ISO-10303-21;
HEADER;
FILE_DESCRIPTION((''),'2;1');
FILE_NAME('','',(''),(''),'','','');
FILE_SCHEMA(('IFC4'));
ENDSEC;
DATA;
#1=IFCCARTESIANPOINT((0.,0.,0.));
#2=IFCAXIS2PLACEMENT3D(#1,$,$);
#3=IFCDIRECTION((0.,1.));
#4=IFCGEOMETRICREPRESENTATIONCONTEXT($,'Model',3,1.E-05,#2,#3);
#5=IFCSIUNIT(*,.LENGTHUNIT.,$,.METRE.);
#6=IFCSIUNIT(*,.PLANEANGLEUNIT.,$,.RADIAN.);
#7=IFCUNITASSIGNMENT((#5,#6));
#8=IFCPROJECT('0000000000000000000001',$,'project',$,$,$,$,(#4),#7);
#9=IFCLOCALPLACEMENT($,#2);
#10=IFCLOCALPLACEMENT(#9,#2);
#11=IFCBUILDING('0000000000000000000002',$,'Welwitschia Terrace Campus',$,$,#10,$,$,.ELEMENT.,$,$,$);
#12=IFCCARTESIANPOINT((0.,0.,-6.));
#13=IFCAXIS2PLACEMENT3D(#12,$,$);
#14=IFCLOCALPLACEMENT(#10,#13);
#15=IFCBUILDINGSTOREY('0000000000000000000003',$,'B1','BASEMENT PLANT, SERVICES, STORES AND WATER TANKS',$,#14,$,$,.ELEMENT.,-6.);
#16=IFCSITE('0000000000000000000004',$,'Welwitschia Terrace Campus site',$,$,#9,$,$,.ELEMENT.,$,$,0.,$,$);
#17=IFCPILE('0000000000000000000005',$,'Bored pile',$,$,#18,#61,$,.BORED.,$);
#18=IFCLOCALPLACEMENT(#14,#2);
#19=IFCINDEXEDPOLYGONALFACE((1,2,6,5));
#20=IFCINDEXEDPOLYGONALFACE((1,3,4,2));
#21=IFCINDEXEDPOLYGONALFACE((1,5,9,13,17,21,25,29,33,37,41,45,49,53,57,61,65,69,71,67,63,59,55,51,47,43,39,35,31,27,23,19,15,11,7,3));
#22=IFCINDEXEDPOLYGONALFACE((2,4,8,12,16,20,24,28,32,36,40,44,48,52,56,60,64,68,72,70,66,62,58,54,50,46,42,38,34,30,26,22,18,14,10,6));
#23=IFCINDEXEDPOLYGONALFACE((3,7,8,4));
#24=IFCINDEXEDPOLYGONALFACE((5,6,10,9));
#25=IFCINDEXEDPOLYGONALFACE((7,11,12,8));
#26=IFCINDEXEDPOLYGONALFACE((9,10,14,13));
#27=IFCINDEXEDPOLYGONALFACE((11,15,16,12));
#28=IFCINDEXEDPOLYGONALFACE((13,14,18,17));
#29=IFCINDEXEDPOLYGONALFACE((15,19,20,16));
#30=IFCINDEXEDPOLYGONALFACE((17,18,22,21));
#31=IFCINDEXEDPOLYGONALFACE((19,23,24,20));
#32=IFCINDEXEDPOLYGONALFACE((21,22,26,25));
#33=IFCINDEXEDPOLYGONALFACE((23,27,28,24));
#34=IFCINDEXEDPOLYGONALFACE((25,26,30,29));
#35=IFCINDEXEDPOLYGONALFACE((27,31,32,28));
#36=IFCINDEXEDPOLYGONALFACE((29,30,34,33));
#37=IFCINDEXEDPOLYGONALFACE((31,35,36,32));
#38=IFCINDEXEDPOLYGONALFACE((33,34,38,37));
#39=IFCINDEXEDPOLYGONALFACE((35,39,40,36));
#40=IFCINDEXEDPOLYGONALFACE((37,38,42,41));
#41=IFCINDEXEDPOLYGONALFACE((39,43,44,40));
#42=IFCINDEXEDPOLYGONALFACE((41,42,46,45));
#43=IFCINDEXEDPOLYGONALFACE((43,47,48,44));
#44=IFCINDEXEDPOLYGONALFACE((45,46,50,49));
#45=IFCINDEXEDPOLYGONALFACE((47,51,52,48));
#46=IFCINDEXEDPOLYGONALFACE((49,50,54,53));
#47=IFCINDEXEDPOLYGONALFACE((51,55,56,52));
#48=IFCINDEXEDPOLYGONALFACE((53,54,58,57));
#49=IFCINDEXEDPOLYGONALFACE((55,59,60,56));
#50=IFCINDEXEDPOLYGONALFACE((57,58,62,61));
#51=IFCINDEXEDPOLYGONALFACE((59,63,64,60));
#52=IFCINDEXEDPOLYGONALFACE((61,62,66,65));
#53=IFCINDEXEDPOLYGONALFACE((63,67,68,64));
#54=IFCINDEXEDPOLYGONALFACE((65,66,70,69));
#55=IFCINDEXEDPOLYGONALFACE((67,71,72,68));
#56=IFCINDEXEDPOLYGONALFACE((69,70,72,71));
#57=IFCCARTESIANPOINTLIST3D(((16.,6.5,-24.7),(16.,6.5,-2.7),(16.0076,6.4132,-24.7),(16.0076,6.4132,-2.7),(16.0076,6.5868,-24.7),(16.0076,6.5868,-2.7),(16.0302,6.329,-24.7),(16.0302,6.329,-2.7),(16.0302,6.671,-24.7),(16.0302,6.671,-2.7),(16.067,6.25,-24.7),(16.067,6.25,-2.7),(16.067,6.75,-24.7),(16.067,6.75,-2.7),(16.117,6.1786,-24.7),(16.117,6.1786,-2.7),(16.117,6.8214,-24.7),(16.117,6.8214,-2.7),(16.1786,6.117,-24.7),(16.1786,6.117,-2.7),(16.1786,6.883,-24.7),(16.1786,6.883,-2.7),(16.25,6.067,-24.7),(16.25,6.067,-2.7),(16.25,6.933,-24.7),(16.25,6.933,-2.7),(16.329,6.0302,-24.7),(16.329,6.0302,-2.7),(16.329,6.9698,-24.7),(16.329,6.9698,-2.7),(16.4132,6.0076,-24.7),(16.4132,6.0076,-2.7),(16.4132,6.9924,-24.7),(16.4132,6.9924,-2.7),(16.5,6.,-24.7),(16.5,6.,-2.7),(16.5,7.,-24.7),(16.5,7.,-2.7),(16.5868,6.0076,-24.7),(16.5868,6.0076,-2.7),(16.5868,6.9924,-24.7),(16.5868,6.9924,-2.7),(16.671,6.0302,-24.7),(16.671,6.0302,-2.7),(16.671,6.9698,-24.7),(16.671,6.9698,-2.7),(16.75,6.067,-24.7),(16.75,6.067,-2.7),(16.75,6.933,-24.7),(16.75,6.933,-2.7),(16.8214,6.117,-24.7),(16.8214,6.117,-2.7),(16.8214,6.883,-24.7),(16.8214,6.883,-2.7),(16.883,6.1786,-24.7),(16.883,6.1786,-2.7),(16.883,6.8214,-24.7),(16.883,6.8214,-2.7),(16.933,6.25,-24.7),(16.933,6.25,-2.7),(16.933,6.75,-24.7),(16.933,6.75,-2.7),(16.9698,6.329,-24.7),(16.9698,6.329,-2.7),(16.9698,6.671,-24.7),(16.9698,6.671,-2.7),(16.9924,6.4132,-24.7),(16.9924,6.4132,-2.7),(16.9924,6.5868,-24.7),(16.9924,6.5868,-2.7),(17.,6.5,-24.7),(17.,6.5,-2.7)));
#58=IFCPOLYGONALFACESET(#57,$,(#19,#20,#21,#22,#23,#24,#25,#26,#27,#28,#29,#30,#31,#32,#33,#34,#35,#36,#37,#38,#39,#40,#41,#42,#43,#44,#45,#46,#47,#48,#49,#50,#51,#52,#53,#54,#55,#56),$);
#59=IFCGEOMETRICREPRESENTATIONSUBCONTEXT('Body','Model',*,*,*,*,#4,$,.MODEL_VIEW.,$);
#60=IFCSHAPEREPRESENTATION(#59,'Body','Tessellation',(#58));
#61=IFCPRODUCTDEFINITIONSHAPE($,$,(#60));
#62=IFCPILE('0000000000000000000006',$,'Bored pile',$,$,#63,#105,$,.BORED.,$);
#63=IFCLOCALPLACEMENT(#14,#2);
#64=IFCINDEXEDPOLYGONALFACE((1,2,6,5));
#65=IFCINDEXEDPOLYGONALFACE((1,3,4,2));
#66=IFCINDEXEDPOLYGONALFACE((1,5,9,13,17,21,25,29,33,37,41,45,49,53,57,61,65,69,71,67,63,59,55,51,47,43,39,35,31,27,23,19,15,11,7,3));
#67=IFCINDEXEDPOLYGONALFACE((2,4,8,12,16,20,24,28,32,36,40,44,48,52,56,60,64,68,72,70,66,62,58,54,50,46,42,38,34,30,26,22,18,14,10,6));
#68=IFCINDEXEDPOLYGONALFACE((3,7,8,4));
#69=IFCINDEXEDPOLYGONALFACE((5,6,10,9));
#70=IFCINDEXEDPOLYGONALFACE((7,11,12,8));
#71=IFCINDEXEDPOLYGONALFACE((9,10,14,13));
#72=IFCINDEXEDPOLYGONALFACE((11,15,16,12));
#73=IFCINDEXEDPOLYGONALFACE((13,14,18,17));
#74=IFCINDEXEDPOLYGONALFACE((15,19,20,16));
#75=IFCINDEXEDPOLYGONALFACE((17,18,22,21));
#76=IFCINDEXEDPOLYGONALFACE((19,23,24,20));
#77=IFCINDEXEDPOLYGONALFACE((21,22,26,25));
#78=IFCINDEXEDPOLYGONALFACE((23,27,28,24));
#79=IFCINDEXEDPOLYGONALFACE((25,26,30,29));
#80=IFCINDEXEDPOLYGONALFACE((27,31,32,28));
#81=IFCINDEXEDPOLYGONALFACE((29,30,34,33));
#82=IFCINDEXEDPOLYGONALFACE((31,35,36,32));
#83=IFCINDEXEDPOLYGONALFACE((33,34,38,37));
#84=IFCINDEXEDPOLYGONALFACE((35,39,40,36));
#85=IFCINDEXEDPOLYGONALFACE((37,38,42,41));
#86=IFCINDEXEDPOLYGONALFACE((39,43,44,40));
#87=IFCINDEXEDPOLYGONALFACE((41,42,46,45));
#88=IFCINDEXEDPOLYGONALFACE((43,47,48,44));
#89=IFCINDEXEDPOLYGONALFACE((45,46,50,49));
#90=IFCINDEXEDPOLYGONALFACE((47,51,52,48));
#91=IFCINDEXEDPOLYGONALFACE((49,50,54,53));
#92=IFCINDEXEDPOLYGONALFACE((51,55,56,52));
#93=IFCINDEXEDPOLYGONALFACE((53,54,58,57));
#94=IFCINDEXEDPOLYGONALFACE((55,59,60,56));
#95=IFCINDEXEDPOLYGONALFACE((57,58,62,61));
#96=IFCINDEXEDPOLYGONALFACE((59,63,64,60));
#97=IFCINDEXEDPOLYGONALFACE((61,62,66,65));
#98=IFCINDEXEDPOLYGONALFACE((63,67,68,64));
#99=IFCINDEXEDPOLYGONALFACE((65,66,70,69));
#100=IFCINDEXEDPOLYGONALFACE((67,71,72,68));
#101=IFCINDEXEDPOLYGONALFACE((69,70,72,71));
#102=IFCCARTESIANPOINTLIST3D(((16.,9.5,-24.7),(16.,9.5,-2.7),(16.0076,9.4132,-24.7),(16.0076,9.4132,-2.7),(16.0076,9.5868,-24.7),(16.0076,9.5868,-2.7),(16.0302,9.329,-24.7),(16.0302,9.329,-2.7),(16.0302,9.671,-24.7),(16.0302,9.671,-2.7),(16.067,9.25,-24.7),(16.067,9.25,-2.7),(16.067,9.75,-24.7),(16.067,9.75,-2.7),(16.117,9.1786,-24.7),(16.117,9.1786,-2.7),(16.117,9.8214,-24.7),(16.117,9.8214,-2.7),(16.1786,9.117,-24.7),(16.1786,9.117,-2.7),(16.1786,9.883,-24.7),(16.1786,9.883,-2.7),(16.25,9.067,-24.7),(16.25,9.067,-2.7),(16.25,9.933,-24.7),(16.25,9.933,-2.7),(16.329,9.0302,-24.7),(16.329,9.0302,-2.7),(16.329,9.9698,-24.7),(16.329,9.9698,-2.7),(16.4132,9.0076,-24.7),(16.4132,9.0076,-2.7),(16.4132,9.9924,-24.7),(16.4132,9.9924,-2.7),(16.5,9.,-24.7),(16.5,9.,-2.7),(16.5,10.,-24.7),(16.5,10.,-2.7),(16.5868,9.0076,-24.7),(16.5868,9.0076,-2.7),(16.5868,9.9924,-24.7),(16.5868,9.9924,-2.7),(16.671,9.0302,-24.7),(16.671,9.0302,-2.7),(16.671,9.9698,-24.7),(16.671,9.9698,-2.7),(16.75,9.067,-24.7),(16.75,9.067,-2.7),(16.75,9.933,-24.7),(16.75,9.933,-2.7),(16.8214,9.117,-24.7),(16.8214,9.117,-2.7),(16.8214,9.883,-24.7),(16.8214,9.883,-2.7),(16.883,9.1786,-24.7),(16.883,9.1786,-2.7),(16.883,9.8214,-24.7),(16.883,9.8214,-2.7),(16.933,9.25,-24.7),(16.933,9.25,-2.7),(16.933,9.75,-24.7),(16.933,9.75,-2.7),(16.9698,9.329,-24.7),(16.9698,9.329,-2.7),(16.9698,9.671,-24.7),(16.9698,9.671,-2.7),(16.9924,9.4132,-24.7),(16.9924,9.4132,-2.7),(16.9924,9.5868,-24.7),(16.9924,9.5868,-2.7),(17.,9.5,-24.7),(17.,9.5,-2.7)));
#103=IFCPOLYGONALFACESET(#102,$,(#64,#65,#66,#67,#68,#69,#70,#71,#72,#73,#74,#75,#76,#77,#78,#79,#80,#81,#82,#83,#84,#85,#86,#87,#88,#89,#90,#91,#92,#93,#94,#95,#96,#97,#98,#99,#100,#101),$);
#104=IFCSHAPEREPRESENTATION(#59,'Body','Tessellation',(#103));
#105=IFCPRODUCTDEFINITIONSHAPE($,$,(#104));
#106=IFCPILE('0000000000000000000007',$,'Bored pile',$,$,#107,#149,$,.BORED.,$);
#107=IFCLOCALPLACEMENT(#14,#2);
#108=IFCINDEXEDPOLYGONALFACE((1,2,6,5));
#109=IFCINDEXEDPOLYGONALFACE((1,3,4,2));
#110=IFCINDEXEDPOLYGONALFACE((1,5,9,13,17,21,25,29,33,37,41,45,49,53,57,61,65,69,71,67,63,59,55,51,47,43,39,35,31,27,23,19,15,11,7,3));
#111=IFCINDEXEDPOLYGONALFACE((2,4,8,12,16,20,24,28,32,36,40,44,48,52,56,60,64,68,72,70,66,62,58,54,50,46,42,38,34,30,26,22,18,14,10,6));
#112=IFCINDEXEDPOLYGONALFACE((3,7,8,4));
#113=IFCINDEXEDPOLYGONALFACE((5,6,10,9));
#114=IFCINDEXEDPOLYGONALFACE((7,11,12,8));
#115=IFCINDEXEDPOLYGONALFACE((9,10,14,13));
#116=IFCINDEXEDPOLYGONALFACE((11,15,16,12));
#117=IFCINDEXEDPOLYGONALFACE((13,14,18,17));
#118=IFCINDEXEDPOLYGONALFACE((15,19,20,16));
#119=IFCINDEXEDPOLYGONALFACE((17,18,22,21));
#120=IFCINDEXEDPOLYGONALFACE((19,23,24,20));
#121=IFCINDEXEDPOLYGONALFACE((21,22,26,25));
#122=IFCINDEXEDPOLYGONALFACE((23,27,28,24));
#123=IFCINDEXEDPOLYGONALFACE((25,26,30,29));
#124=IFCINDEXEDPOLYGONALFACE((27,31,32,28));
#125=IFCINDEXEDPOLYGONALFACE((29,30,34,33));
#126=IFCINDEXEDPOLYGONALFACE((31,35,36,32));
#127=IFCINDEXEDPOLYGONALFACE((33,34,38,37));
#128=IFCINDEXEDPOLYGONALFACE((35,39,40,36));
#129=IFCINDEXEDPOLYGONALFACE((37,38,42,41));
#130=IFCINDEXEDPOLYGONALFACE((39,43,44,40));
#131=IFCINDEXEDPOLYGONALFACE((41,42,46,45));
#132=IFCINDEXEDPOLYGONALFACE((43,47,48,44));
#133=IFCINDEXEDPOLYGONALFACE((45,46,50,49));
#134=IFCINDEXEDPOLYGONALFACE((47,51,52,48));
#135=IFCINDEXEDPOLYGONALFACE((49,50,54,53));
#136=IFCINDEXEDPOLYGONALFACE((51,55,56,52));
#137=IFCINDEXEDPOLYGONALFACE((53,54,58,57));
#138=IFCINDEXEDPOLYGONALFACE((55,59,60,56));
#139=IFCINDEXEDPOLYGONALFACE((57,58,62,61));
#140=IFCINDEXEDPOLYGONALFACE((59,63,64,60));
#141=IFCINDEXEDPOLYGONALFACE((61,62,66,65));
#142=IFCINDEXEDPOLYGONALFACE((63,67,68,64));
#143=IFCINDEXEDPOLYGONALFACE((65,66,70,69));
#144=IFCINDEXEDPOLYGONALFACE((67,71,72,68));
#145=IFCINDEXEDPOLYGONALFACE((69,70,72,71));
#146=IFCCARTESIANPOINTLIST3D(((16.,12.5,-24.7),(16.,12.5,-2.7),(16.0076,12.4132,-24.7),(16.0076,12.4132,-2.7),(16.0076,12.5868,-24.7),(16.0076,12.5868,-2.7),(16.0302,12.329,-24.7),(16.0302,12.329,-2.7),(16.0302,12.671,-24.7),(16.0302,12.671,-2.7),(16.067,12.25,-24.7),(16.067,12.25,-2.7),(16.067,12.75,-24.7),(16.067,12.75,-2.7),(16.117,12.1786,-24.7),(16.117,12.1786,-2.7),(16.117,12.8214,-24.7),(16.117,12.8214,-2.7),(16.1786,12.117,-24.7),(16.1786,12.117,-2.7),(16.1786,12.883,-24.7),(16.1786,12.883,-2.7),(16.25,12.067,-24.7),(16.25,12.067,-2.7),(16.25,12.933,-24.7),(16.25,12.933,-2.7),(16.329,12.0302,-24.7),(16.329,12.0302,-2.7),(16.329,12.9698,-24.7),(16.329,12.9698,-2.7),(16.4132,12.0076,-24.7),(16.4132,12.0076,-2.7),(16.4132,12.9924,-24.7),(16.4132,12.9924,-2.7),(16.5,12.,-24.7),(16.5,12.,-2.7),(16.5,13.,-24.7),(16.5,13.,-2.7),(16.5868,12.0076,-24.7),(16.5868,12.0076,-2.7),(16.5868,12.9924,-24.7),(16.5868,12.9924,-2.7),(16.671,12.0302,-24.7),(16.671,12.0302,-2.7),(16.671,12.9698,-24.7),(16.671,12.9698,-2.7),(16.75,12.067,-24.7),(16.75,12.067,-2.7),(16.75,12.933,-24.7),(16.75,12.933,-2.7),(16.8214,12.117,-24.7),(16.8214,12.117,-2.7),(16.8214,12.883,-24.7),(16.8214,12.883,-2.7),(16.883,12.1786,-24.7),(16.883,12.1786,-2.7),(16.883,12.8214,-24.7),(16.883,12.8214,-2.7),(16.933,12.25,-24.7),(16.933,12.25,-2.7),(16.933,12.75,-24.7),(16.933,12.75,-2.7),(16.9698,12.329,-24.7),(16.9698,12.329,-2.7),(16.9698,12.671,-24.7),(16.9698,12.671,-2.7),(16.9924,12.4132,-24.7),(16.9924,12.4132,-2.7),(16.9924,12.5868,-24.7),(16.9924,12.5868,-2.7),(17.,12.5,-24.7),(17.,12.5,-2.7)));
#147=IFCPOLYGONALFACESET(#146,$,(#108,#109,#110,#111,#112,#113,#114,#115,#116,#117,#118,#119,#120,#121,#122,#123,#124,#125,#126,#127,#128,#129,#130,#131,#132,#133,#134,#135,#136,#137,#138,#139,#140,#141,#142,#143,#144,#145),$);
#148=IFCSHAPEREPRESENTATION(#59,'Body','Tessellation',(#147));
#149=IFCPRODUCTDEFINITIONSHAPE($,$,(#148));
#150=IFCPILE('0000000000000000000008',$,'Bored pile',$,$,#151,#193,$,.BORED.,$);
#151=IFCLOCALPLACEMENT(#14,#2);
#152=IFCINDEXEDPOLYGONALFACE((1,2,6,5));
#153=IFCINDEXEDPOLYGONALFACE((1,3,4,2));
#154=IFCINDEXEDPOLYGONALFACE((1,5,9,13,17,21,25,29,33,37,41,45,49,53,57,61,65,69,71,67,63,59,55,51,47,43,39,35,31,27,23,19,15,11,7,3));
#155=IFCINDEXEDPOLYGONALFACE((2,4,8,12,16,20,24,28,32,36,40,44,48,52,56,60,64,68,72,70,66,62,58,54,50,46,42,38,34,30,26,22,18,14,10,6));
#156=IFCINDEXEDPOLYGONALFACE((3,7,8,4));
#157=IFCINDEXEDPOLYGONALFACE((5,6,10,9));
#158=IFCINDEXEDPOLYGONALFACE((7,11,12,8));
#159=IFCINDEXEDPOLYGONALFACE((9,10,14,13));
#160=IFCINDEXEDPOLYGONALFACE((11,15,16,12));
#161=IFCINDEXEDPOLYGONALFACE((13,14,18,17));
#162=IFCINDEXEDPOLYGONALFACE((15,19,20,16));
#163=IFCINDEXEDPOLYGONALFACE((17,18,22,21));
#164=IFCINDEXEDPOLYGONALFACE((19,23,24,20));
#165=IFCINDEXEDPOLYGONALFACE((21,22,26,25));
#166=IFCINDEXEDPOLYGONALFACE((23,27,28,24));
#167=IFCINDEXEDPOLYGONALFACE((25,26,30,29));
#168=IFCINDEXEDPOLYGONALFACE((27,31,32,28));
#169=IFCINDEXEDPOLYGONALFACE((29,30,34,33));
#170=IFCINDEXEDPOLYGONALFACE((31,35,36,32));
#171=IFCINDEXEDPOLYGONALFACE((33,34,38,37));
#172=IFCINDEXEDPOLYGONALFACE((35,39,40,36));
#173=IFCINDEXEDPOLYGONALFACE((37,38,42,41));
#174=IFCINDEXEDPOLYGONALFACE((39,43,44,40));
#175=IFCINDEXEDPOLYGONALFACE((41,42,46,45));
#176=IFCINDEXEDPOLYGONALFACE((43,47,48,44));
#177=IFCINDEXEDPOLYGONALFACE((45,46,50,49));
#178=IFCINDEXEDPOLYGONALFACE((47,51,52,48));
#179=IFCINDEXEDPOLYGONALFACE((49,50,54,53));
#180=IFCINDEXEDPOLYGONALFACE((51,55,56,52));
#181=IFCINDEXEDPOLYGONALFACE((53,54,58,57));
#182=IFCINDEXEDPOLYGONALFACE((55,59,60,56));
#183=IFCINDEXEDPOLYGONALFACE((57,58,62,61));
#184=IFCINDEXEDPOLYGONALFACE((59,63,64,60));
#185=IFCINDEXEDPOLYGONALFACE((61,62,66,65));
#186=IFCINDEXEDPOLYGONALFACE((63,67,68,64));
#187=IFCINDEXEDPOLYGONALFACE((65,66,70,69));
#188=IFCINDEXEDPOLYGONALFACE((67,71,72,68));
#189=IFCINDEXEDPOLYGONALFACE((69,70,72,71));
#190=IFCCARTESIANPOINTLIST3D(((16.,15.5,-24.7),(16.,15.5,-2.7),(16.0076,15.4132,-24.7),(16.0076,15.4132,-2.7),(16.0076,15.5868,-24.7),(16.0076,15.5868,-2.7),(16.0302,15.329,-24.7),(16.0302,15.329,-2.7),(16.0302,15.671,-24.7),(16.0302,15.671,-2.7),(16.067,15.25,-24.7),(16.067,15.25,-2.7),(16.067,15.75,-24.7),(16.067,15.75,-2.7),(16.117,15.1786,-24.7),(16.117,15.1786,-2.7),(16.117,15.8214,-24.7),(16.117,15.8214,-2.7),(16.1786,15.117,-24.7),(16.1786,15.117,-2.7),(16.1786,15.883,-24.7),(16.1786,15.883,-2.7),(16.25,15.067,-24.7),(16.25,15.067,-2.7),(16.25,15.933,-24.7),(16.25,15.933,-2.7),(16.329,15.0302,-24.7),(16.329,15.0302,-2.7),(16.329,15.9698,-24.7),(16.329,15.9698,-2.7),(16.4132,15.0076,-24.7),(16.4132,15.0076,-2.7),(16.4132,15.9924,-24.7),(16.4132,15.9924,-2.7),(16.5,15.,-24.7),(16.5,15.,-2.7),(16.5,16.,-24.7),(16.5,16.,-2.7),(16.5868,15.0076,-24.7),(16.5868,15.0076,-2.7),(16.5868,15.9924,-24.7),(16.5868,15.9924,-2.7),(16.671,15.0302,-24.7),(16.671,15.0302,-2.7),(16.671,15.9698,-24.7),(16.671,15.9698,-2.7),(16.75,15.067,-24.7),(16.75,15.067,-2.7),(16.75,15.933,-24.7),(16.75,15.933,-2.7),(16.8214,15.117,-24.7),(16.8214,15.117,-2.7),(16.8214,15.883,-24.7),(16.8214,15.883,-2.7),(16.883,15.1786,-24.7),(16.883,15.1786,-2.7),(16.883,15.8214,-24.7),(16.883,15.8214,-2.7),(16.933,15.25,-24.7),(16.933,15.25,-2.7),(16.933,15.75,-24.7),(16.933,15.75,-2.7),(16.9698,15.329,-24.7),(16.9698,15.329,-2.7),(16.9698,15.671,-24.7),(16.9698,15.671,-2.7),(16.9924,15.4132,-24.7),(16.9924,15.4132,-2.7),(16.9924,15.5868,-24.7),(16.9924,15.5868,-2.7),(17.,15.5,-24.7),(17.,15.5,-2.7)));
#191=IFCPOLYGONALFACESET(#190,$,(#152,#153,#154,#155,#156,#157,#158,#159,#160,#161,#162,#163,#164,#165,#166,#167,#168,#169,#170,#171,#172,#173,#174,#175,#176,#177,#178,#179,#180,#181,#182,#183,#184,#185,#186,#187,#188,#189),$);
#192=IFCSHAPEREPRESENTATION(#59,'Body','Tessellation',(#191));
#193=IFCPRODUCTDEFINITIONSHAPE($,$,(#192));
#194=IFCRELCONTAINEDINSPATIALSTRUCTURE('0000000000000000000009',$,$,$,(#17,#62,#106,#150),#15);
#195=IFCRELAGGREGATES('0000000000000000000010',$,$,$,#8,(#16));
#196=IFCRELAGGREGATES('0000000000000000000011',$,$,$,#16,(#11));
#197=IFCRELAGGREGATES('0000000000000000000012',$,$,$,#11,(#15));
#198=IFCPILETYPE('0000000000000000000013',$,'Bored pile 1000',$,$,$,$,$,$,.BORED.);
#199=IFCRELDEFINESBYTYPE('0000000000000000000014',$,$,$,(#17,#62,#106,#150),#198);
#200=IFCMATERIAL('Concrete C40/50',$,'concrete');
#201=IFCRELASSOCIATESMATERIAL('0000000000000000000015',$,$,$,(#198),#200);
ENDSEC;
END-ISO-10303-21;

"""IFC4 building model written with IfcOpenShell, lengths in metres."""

from ifc_helpers import new_model, si_unit, direction, frame, origin, origin_2d, place, context, subcontext, project, spatial, circle, extrude, material, type_object, element, save


model = new_model("IFC4")

# Units and contexts
model_context = context("Model", 3, precision=1e-05, world=origin(), true_north=direction((0.0, 1.0)))
body_context = subcontext(model_context, "Body", "Model", "MODEL_VIEW")
ifc_project = project(units=[si_unit("LENGTHUNIT", "METRE"), si_unit("PLANEANGLEUNIT", "RADIAN")], contexts=[model_context])

# Site, building, storey
site_placement = place(None, origin())
site = spatial("IfcSite", under=ifc_project, at=site_placement, Name="Welwitschia Terrace Campus site", CompositionType="ELEMENT", RefElevation=0.0)
building_placement = place(site_placement, origin())
building = spatial("IfcBuilding", under=site, at=building_placement, Name="Welwitschia Terrace Campus", CompositionType="ELEMENT")
storey_placement = place(building_placement, frame((0.0, 0.0, -6.0)))
storey = spatial("IfcBuildingStorey", under=building, at=storey_placement, Name="B1", Description="BASEMENT PLANT, SERVICES, STORES AND WATER TANKS", CompositionType="ELEMENT", Elevation=-6.0)

# Piles
ifc_material_1 = material(Name="Concrete C40/50", Category="concrete")
pile_type = type_object("IfcPileType", Name="Bored pile 1000", PredefinedType="BORED", material=ifc_material_1)
for number, where, z_axis, x_axis, name in (
    (1, (16.5, 6.5, -2.7), (0.0, 0.0, -1.0), (1.0, 0.0, 0.0), "Bored pile"),
    (2, (16.5, 9.5, -2.7), (0.0, 0.0, -1.0), (1.0, 0.0, 0.0), "Bored pile"),
    (3, (16.5, 12.5, -2.7), (0.0, 0.0, -1.0), (1.0, 0.0, 0.0), "Bored pile"),
    (4, (16.5, 15.5, -2.7), (0.0, 0.0, -1.0), (1.0, 0.0, 0.0), "Bored pile"),
):
    element("IfcPile", number, at=place(storey_placement, frame(where, z_axis=z_axis, x_axis=x_axis)), inside=storey, type_object=pile_type, Name=name, PredefinedType="BORED", context=body_context, shape_type="SweptSolid", body=[
        extrude(circle(Radius=0.5, at=origin_2d()), origin(), (0.0, 0.0, 1.0), 22.0),
    ])

save(model, "model.ifc")
